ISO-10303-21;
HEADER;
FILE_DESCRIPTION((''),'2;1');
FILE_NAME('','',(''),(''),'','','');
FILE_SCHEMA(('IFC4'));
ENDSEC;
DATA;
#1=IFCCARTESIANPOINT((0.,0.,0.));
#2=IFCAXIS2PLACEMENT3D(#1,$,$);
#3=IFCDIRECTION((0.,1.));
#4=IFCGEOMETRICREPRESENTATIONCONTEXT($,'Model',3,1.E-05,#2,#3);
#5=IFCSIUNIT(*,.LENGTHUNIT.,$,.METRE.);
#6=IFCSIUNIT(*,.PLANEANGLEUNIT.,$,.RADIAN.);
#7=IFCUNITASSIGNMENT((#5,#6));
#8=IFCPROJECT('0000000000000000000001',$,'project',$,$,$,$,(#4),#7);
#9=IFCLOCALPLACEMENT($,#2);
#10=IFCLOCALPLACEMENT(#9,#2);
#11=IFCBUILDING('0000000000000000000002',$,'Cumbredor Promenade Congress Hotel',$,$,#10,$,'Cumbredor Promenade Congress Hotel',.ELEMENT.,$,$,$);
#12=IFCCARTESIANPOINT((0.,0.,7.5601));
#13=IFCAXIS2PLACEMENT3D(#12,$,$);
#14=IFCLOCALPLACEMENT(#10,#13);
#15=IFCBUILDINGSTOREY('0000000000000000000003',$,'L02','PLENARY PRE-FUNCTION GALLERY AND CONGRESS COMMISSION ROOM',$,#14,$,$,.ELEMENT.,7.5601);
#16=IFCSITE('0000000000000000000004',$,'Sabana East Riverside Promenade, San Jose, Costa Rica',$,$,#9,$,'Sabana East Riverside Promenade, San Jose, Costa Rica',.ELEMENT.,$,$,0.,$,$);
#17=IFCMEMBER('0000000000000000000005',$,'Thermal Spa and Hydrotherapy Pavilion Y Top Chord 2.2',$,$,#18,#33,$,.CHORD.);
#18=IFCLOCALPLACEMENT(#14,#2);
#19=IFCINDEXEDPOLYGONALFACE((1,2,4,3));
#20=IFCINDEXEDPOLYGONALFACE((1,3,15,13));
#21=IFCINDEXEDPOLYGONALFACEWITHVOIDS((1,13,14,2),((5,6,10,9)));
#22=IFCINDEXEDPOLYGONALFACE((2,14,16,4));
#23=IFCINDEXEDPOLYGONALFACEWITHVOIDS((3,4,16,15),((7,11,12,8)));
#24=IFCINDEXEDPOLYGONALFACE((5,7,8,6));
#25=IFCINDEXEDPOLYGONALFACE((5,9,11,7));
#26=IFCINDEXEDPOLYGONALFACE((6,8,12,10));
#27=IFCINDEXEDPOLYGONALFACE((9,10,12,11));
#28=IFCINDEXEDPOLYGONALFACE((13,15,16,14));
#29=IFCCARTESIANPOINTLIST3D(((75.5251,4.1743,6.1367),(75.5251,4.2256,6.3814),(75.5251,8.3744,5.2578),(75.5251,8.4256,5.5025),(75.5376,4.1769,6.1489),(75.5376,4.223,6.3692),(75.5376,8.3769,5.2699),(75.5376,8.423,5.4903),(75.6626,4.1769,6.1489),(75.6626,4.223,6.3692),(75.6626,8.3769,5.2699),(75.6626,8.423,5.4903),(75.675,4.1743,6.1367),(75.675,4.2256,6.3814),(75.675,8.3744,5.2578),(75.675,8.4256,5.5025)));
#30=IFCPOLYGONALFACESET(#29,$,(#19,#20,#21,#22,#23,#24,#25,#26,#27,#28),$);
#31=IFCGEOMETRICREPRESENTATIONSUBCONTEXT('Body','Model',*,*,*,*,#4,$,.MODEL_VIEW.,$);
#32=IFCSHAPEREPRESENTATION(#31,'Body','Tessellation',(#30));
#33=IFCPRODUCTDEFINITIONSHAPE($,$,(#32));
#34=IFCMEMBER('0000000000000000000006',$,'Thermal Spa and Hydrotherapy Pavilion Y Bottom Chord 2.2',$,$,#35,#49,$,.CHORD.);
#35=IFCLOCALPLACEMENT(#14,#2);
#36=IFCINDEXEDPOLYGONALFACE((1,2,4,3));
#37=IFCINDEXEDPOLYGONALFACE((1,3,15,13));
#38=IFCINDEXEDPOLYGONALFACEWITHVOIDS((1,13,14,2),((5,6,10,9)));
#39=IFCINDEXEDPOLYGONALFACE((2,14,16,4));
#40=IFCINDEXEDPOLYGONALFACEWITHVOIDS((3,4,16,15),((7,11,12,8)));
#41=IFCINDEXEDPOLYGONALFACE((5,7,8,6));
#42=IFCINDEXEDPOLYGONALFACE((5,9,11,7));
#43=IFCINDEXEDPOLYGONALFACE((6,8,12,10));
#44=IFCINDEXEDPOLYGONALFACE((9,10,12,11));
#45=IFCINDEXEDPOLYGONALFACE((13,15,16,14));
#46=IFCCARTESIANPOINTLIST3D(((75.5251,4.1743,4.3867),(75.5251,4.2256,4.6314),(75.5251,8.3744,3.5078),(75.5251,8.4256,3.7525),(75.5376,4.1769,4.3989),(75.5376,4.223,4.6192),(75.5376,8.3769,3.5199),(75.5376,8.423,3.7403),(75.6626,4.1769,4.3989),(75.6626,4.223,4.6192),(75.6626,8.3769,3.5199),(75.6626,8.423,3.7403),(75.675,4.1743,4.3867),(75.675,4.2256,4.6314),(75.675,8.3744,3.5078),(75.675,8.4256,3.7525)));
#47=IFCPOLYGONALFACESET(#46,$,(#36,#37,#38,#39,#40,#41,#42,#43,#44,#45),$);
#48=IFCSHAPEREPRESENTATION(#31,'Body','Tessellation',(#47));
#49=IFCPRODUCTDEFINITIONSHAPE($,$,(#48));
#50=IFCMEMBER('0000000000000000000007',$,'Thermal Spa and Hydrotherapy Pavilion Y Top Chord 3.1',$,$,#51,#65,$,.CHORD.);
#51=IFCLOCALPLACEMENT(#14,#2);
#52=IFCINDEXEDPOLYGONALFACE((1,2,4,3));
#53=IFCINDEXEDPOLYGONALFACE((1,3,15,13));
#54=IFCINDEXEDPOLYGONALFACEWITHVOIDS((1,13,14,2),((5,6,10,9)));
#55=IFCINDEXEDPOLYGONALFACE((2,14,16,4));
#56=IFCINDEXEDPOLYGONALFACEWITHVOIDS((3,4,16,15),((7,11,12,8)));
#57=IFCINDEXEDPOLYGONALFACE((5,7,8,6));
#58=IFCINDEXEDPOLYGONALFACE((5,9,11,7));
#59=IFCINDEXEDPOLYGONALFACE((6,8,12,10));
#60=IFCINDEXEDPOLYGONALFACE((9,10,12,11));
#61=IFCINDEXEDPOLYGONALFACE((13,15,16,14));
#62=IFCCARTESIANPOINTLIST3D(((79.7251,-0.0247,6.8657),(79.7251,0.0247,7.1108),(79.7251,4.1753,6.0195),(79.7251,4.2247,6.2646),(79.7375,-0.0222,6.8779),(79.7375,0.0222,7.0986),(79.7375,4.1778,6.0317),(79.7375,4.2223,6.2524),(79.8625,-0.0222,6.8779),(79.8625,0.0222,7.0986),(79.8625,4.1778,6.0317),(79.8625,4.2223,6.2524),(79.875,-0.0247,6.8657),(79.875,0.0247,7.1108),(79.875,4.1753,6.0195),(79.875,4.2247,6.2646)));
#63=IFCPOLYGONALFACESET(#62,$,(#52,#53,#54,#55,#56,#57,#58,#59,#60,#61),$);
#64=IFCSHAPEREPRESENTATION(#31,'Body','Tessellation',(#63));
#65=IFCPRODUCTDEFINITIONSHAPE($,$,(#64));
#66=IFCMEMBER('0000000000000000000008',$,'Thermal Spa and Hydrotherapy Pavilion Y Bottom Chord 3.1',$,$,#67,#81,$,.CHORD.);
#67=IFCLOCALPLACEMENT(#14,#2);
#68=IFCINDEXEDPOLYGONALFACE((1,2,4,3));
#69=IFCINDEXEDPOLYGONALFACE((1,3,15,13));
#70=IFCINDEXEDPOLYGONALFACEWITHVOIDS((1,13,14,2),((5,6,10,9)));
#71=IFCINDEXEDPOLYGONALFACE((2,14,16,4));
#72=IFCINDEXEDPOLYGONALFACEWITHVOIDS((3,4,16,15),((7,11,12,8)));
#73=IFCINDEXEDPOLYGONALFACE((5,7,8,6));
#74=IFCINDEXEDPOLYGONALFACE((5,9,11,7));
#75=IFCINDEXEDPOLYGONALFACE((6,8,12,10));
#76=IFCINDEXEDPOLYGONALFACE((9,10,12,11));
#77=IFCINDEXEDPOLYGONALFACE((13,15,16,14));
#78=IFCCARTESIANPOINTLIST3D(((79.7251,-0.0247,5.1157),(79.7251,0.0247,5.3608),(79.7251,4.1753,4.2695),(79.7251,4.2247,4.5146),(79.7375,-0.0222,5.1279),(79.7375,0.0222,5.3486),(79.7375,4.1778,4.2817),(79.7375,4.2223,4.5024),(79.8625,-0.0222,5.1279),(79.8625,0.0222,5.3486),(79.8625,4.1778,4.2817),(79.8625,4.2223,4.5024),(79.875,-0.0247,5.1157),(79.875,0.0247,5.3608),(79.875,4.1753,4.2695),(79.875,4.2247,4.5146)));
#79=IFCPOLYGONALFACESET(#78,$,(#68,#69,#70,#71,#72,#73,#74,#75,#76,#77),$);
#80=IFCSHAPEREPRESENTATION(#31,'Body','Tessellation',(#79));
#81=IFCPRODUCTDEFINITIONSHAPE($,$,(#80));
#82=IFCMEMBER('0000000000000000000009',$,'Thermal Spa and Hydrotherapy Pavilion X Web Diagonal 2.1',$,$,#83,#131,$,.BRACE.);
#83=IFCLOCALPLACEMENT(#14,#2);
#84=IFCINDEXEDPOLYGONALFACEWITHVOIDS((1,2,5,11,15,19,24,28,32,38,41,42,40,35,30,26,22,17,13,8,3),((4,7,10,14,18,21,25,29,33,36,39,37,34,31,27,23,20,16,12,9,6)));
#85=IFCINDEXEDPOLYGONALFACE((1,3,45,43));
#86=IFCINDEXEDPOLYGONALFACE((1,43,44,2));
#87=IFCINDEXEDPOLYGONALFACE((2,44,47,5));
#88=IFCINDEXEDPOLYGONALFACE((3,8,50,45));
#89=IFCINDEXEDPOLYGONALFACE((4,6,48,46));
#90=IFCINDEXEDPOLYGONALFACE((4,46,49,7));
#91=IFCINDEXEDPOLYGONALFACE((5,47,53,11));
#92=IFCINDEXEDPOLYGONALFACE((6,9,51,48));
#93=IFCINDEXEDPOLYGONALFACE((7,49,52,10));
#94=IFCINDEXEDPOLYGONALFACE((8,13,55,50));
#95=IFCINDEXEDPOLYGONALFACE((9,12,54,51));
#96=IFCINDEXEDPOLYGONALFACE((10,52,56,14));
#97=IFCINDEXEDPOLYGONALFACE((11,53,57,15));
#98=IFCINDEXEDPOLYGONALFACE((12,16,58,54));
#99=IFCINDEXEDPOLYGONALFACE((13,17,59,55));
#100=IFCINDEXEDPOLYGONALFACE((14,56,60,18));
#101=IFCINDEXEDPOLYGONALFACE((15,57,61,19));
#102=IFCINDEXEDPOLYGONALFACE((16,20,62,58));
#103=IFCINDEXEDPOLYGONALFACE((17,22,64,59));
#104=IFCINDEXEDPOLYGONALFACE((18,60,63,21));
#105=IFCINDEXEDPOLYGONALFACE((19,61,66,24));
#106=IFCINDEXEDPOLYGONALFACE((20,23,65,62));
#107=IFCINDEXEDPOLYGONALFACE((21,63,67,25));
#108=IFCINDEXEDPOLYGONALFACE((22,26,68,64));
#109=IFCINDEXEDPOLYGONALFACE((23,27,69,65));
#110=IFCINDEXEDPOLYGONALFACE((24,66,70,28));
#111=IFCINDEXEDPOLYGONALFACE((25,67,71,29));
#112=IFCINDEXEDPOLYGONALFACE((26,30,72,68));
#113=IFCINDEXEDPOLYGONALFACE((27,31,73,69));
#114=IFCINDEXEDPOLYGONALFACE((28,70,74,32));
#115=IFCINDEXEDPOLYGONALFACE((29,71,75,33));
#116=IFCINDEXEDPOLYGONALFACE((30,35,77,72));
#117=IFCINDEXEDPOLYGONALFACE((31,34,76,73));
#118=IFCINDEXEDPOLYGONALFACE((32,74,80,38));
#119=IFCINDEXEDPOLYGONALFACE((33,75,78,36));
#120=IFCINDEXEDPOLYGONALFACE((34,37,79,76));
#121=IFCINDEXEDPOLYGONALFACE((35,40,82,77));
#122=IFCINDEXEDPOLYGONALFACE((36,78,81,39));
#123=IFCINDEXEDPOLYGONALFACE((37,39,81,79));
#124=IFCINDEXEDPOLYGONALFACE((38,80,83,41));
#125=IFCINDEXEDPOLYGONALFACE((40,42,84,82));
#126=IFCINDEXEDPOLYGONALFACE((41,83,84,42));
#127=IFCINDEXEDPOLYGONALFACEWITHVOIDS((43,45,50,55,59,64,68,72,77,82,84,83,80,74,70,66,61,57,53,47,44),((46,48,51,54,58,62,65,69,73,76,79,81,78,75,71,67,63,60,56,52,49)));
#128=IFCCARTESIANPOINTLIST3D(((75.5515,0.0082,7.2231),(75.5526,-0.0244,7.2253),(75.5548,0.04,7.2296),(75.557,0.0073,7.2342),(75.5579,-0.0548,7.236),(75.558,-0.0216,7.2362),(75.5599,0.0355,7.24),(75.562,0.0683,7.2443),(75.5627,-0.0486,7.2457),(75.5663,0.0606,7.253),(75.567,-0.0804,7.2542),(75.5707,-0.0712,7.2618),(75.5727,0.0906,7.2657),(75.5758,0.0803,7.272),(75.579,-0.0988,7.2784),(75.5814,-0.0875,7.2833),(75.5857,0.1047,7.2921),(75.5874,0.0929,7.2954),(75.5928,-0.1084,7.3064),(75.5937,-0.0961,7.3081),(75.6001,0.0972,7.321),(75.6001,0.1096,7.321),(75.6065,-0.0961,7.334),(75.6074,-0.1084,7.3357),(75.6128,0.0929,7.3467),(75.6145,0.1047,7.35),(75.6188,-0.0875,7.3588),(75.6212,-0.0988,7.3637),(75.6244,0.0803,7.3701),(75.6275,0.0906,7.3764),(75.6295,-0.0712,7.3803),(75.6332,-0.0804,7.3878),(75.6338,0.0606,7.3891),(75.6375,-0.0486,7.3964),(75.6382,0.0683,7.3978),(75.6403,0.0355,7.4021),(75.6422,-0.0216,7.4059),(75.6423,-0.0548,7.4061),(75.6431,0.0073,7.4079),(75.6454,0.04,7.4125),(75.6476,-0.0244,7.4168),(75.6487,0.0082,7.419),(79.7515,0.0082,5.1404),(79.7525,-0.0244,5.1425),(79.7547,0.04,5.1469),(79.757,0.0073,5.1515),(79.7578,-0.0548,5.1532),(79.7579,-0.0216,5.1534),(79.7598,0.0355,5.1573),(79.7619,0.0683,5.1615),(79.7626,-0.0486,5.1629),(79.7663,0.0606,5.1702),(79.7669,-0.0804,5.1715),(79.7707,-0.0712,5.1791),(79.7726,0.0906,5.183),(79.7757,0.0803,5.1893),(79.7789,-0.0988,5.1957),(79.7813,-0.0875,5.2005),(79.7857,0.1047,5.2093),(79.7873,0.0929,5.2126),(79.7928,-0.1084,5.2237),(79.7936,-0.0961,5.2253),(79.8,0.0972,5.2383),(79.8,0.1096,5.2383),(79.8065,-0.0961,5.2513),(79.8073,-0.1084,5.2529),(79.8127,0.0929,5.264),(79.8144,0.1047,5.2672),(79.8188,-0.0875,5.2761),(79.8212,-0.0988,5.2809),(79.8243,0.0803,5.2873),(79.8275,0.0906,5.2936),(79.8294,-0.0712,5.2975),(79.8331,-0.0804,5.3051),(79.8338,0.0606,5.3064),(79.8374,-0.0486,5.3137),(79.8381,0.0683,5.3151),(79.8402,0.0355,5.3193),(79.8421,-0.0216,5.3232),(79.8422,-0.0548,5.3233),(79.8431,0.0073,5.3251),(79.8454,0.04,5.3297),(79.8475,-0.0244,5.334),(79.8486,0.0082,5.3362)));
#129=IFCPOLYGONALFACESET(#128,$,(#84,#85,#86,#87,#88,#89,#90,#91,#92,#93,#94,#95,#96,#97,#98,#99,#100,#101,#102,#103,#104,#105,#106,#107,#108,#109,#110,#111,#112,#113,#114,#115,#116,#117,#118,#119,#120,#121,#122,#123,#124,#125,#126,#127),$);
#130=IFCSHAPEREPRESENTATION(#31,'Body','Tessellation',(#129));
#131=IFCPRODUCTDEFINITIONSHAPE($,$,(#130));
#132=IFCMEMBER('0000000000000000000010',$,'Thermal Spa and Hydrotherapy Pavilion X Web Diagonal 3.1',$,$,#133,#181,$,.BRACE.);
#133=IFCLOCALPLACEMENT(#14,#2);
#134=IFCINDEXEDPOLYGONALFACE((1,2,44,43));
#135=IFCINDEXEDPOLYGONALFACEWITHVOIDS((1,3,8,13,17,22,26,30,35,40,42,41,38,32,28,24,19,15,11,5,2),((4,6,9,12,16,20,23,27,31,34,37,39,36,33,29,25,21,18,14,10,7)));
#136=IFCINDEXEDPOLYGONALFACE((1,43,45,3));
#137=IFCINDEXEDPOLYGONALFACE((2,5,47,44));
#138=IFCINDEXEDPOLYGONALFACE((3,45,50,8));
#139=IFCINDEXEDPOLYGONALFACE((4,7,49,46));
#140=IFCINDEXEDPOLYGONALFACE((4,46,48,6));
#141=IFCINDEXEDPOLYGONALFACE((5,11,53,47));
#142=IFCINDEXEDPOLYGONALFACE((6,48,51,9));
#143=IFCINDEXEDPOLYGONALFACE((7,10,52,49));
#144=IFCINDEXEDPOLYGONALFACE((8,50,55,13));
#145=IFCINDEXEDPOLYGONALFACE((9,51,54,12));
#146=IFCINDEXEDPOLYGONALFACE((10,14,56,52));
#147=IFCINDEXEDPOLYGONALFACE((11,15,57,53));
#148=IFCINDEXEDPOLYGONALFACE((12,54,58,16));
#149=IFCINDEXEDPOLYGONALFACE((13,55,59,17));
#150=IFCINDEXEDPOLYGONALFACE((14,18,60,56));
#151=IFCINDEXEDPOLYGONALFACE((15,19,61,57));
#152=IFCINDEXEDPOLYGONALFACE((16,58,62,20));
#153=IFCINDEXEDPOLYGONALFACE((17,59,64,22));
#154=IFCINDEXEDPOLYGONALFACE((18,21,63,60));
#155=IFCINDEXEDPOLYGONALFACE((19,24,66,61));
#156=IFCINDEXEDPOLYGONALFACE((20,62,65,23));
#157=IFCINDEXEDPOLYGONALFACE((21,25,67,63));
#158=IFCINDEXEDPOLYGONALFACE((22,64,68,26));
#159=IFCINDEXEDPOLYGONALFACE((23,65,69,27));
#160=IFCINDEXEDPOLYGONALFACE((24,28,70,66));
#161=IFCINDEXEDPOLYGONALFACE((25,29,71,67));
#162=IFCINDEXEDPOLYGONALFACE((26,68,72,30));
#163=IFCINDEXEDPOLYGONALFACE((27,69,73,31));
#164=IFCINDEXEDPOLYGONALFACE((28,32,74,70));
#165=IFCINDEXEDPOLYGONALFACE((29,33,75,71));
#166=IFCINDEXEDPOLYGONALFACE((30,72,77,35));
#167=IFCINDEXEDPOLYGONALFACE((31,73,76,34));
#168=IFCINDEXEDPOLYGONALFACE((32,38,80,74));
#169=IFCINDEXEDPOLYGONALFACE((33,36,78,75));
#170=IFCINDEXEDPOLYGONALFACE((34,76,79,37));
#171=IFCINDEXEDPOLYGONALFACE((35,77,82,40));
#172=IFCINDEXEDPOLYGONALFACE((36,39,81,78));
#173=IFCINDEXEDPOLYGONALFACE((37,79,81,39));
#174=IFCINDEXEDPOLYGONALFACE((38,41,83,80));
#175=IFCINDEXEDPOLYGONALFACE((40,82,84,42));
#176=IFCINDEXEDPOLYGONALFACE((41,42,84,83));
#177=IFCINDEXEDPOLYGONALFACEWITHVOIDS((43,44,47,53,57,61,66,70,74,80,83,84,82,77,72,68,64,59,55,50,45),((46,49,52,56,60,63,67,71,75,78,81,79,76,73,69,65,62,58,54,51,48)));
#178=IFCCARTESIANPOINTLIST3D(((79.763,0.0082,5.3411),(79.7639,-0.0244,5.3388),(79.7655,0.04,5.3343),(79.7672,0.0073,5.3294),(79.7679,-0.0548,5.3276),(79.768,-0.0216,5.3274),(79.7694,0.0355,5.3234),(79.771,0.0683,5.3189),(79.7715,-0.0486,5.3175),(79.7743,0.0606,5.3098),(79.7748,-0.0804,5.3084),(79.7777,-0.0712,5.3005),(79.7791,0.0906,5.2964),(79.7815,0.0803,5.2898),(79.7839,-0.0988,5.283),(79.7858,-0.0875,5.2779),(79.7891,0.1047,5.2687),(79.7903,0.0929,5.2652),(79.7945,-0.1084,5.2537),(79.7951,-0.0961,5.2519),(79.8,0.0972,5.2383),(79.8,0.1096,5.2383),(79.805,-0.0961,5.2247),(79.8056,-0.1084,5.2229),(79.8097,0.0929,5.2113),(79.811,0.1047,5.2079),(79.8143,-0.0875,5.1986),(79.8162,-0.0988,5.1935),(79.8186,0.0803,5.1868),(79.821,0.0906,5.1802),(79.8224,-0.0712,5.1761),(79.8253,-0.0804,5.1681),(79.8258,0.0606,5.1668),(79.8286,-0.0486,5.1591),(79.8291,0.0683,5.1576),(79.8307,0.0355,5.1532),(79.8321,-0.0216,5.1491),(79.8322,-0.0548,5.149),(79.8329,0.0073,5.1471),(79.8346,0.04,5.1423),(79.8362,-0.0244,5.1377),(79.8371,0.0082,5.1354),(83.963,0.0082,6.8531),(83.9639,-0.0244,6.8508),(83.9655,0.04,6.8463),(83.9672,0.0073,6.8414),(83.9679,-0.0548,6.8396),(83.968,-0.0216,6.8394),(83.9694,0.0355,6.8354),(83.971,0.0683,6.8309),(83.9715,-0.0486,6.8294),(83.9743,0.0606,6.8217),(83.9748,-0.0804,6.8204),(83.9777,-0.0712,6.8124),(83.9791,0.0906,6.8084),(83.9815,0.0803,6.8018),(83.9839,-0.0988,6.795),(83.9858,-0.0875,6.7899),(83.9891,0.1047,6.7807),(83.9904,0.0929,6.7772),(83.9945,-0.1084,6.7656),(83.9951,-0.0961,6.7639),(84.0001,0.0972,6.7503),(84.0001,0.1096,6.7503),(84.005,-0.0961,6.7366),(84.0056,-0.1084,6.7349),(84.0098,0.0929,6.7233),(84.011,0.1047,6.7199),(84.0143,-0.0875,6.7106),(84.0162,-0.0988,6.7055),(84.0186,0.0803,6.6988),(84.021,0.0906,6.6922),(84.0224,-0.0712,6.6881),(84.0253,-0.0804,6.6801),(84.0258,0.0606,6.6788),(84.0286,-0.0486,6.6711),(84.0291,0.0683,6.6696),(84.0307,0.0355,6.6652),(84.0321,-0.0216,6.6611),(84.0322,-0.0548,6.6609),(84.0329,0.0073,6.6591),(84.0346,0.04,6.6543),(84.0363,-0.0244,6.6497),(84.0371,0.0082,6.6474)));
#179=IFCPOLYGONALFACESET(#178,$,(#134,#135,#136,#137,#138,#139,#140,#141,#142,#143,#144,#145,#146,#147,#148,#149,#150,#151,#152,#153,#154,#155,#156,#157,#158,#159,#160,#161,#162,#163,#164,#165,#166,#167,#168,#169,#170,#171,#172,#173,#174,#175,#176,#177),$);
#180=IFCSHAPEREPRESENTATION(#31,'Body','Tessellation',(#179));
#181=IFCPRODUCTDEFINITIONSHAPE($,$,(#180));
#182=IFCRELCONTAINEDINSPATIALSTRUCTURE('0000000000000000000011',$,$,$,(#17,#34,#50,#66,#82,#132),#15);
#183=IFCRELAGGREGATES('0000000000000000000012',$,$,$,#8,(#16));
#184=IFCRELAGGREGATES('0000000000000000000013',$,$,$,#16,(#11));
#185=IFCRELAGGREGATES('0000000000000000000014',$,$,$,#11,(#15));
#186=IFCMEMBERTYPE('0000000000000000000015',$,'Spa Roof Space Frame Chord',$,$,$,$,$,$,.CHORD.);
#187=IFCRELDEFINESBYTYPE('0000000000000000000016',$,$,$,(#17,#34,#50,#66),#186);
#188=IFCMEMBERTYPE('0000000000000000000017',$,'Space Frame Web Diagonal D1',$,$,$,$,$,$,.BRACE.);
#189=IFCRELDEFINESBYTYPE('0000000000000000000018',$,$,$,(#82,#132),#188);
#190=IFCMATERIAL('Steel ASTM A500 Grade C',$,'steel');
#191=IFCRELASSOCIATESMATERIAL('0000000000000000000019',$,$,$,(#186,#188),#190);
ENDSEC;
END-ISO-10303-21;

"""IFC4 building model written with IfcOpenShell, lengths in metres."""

from ifc_helpers import new_model, si_unit, direction, frame, origin, origin_2d, place, context, subcontext, project, spatial, hollow_rectangle, hollow_circle, extrude, material, material_profile, profile_set, type_object, element, save


model = new_model("IFC4")

# Units and contexts
model_context = context("Model", 3, precision=1e-05, world=origin(), true_north=direction((0.0, 1.0)))
body_context = subcontext(model_context, "Body", "Model", "MODEL_VIEW")
ifc_project = project(units=[si_unit("LENGTHUNIT", "METRE"), si_unit("PLANEANGLEUNIT", "RADIAN")], contexts=[model_context])

# Site, building, storey
site_placement = place(None, origin())
site = spatial("IfcSite", under=ifc_project, at=site_placement, Name="Sabana East Riverside Promenade, San Jose, Costa Rica", LongName="Sabana East Riverside Promenade, San Jose, Costa Rica", CompositionType="ELEMENT", RefElevation=0.0)
building_placement = place(site_placement, origin())
building = spatial("IfcBuilding", under=site, at=building_placement, Name="Cumbredor Promenade Congress Hotel", LongName="Cumbredor Promenade Congress Hotel", CompositionType="ELEMENT")
storey_placement = place(building_placement, frame((0.0, 0.0, 7.5601)))
storey = spatial("IfcBuildingStorey", under=building, at=storey_placement, Name="L02", Description="PLENARY PRE-FUNCTION GALLERY AND CONGRESS COMMISSION ROOM", CompositionType="ELEMENT", Elevation=7.5601)

# Members
ifc_material_1 = material(Name="Steel ASTM A500 Grade C", Category="steel")
ifc_material_profile_1 = material_profile(ifc_material_1, hollow_rectangle(XDim=0.1499, YDim=0.25, WallThickness=0.0125, at=origin_2d()), Name="HSS 250x150x12.5")
ifc_profile_set_1 = profile_set([ifc_material_profile_1], Name="Steel ASTM A500 Grade C")
member_type_1 = type_object("IfcMemberType", Name="Spa Roof Space Frame Chord", PredefinedType="CHORD", material=ifc_profile_set_1)
for number, where, z_axis, x_axis, name in (
    (1, (75.6001, 4.2, 6.259), (0.0, 0.978798, -0.204829), (-1.0, 0.0, 0.0), "Thermal Spa and Hydrotherapy Pavilion Y Top Chord 2.2"),
    (2, (75.6001, 4.2, 4.509), (0.0, 0.978798, -0.204829), (-1.0, 0.0, 0.0), "Thermal Spa and Hydrotherapy Pavilion Y Bottom Chord 2.2"),
):
    element("IfcMember", number, at=place(storey_placement, frame(where, z_axis=z_axis, x_axis=x_axis)), inside=storey, type_object=member_type_1, Name=name, PredefinedType="CHORD", context=body_context, shape_type="SweptSolid", body=[
        extrude(hollow_rectangle(XDim=0.1499, YDim=0.25, WallThickness=0.0125, at=origin_2d()), origin(), (0.0, 0.0, 1.0), 4.291),
    ])
for number, where, z_axis, x_axis, name in (
    (3, (79.8, 0.0, 6.9883), (0.0, 0.980301, -0.197508), (-1.0, 0.0, 0.0), "Thermal Spa and Hydrotherapy Pavilion Y Top Chord 3.1"),
    (4, (79.8, 0.0, 5.2383), (0.0, 0.980301, -0.197508), (-1.0, 0.0, 0.0), "Thermal Spa and Hydrotherapy Pavilion Y Bottom Chord 3.1"),
):
    element("IfcMember", number, at=place(storey_placement, frame(where, z_axis=z_axis, x_axis=x_axis)), inside=storey, type_object=member_type_1, Name=name, PredefinedType="CHORD", context=body_context, shape_type="SweptSolid", body=[
        extrude(hollow_rectangle(XDim=0.1499, YDim=0.25, WallThickness=0.0125, at=origin_2d()), origin(), (0.0, 0.0, 1.0), 4.2844),
    ])
ifc_material_profile_2 = material_profile(ifc_material_1, hollow_circle(Radius=0.1096, WallThickness=0.0125, at=origin_2d()), Name="CHS 219.1x12.5")
ifc_profile_set_2 = profile_set([ifc_material_profile_2], Name="Steel ASTM A500 Grade C")
member_type_2 = type_object("IfcMemberType", Name="Space Frame Web Diagonal D1", PredefinedType="BRACE", material=ifc_profile_set_2)
member_1_placement = place(storey_placement, frame((75.6001, 0.0, 7.321), z_axis=(0.895891, 0.0, -0.444274), x_axis=(0.0, 1.0, 0.0)))
element("IfcMember", 5, at=member_1_placement, inside=storey, type_object=member_type_2, Name="Thermal Spa and Hydrotherapy Pavilion X Web Diagonal 2.1", PredefinedType="BRACE", context=body_context, shape_type="SweptSolid", body=[
    extrude(hollow_circle(Radius=0.1096, WallThickness=0.0125, at=origin_2d()), origin(), (0.0, 0.0, 1.0), 4.688),
])
member_2_placement = place(storey_placement, frame((79.8, 0.0, 5.2383), z_axis=(0.940889, 0.0, 0.338716), x_axis=(0.0, 1.0, 0.0)))
element("IfcMember", 6, at=member_2_placement, inside=storey, type_object=member_type_2, Name="Thermal Spa and Hydrotherapy Pavilion X Web Diagonal 3.1", PredefinedType="BRACE", context=body_context, shape_type="SweptSolid", body=[
    extrude(hollow_circle(Radius=0.1096, WallThickness=0.0125, at=origin_2d()), origin(), (0.0, 0.0, 1.0), 4.4639),
])

save(model, "model.ifc")
